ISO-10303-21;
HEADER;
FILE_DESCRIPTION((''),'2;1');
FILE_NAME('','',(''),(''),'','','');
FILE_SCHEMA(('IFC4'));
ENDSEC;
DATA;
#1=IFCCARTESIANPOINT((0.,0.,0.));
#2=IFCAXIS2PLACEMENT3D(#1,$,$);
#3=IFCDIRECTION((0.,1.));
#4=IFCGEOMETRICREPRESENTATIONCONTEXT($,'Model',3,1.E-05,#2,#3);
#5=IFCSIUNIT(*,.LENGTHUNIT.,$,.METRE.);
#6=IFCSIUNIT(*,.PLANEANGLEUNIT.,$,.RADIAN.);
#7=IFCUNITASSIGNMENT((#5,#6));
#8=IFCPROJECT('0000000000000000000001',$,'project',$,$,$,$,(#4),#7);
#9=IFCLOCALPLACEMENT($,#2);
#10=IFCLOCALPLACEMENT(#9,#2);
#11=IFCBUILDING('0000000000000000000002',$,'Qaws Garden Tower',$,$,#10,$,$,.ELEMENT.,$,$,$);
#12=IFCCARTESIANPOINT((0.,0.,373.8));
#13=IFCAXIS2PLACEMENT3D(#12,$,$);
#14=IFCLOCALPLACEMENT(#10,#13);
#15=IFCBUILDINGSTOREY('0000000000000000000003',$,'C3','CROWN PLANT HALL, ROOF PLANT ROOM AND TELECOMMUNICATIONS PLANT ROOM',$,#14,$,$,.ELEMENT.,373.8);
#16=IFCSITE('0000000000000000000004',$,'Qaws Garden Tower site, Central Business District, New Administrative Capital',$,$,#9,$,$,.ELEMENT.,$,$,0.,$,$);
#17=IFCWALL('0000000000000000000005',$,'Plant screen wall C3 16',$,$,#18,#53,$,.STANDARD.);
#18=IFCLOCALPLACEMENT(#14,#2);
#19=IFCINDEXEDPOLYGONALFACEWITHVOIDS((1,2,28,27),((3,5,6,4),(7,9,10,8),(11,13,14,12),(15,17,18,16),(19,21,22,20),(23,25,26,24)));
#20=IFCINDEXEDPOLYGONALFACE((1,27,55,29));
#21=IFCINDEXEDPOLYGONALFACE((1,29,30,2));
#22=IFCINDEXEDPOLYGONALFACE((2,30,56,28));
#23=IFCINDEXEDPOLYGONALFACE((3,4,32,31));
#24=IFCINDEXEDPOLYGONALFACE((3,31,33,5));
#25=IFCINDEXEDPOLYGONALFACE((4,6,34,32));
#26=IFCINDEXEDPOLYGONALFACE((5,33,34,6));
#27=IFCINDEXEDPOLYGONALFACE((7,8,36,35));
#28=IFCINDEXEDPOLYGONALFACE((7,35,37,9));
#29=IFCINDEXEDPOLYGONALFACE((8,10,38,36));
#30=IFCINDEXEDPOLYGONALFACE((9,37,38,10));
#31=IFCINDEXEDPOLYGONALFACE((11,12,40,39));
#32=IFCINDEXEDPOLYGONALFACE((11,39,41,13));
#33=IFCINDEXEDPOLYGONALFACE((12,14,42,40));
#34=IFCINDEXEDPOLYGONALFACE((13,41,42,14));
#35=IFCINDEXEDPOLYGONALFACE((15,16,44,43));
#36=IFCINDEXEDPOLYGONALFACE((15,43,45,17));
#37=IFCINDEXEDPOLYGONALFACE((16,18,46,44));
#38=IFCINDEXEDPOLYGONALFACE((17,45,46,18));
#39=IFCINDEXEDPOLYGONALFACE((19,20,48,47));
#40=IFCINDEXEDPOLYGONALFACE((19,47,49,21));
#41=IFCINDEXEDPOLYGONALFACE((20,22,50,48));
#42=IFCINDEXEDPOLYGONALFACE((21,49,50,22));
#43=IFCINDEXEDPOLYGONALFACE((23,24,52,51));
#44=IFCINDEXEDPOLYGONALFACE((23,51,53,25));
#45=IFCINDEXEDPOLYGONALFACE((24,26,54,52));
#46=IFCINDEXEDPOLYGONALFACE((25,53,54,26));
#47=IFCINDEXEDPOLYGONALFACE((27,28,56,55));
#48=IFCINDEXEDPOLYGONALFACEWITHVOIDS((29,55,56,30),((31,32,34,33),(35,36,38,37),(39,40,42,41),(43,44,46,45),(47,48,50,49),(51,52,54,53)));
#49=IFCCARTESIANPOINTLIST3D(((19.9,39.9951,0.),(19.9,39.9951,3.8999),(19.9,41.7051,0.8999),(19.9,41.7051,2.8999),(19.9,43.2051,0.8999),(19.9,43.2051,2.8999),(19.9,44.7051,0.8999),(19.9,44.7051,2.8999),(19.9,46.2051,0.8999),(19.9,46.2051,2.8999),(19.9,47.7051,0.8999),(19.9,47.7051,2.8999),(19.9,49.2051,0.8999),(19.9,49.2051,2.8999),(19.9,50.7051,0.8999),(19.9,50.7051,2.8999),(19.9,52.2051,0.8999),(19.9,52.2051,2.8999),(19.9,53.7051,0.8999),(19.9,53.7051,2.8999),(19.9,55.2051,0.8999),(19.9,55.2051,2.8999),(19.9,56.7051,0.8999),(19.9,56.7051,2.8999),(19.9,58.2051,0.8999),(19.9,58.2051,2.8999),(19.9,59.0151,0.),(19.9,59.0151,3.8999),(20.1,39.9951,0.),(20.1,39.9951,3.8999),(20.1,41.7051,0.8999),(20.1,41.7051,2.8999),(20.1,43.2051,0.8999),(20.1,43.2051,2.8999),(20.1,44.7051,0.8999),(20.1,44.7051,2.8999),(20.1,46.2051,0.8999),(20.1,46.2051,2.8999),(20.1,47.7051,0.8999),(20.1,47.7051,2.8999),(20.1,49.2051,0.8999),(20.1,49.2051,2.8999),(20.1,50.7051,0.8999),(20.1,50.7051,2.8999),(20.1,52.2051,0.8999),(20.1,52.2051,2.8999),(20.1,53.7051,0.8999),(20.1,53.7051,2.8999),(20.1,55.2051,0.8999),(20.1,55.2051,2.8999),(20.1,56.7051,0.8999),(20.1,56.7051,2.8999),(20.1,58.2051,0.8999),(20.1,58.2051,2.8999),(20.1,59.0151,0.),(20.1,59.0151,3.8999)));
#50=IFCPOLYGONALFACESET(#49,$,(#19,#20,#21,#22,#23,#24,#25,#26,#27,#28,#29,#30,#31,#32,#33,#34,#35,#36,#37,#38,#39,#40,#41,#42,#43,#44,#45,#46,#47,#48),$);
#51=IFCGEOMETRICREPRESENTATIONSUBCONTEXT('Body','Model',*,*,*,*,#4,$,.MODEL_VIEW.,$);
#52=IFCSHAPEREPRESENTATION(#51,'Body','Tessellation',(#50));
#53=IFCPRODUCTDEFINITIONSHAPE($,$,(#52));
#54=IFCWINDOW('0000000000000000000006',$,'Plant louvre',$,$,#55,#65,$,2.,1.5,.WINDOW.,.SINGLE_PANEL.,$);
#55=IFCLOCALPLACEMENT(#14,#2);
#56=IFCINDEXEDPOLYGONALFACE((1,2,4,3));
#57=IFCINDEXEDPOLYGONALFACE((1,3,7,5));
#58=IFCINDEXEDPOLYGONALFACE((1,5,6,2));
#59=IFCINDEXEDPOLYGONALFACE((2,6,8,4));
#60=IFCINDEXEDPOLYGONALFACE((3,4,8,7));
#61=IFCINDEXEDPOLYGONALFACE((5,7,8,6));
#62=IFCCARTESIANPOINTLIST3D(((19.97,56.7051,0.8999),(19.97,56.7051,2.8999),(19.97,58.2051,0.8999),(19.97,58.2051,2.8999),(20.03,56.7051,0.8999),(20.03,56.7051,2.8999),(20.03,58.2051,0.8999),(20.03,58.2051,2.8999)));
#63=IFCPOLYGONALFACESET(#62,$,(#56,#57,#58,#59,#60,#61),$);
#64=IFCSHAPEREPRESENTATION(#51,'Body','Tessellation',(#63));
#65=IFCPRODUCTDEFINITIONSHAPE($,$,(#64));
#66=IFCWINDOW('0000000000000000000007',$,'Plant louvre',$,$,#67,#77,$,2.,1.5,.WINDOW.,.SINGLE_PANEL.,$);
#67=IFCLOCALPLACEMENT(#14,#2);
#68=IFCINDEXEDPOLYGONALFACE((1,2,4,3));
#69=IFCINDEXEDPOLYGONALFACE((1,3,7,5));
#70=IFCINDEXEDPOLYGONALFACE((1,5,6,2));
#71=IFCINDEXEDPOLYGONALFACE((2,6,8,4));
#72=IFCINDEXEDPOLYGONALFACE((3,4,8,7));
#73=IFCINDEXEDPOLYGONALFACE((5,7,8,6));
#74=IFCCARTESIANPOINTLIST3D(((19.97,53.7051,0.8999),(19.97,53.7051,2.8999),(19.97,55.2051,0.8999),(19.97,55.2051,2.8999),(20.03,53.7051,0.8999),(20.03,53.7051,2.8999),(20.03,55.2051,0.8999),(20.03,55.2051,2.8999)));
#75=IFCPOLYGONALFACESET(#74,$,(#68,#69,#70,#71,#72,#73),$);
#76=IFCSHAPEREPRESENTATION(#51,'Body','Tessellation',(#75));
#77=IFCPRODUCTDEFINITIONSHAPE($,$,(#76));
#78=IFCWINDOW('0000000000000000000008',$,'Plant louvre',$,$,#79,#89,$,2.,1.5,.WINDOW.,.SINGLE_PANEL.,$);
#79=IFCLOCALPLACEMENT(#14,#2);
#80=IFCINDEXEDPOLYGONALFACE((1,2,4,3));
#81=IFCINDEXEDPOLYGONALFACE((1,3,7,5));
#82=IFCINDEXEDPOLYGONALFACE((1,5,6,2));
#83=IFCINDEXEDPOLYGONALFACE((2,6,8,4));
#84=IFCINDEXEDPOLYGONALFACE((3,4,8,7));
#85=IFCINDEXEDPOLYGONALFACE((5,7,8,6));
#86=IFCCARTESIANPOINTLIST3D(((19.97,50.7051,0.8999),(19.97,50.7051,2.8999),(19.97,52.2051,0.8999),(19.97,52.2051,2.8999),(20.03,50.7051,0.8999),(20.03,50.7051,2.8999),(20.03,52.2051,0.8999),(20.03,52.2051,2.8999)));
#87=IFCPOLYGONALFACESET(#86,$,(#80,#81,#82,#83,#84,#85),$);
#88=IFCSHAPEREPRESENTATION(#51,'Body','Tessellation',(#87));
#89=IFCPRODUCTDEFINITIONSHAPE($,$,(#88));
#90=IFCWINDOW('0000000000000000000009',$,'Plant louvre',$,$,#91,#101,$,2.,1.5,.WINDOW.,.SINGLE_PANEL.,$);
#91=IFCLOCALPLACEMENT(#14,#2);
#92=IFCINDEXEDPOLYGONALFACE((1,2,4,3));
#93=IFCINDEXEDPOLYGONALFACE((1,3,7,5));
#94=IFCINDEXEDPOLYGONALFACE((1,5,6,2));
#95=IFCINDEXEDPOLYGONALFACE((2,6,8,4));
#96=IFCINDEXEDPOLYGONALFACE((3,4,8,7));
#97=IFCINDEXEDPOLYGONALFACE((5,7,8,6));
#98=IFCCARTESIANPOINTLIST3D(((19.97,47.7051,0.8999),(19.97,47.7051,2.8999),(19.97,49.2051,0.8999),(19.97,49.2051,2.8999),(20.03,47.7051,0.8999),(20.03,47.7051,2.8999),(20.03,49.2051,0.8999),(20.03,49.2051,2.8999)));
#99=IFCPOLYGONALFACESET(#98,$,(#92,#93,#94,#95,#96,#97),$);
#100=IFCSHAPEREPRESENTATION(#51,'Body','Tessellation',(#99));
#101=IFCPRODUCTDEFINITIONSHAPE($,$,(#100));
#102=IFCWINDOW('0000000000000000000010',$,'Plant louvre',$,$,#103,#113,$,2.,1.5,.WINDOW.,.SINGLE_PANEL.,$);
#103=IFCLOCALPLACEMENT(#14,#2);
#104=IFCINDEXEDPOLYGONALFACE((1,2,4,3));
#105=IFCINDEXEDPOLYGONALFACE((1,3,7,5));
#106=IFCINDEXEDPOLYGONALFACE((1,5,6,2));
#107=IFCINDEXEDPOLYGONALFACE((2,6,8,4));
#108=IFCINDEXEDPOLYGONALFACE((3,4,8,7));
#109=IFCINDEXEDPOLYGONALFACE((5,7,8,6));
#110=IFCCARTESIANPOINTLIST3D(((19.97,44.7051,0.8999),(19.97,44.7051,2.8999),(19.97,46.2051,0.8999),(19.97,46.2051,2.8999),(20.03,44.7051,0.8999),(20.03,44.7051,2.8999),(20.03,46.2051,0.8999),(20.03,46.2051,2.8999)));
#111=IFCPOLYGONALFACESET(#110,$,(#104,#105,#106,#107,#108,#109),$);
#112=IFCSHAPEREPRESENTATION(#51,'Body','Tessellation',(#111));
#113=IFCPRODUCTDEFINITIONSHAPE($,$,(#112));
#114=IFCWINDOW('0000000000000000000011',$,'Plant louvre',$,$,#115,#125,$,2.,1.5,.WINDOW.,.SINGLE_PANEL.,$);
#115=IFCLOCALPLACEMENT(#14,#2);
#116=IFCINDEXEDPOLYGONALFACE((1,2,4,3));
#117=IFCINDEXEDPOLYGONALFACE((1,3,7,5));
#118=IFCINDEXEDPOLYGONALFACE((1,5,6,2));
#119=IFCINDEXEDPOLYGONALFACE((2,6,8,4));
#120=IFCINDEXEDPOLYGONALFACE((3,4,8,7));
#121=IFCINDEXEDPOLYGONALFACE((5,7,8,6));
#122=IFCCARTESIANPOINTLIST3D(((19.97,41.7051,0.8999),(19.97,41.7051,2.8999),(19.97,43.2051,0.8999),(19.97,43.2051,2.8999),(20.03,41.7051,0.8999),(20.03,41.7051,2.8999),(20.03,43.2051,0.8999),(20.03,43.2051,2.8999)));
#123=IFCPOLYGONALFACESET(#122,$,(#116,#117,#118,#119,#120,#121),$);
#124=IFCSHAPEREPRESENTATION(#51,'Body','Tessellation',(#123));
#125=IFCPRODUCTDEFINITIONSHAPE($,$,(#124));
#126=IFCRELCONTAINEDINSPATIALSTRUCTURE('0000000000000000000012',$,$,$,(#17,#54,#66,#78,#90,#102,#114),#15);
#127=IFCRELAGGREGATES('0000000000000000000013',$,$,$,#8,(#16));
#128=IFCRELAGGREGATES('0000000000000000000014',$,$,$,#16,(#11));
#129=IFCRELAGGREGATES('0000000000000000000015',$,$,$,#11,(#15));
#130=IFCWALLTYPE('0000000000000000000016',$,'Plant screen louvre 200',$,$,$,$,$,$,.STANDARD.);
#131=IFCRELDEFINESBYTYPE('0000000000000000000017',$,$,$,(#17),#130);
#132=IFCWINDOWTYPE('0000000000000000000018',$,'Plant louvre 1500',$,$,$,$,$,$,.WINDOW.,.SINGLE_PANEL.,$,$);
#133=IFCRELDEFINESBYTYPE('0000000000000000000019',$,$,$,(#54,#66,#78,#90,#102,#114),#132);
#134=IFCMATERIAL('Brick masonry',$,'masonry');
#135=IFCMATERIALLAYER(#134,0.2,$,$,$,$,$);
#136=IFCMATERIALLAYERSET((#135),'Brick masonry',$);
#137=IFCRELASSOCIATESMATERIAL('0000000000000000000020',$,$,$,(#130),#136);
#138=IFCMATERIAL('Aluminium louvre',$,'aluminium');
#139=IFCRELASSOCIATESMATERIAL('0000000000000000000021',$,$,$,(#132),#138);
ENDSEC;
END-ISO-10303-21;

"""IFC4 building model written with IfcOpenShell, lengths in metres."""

from ifc_helpers import new_model, si_unit, direction, frame, frame_2d, origin, place, context, subcontext, project, spatial, rectangle, extrude, material, layer, layer_set, type_object, element, fill, save


model = new_model("IFC4")

# Units and contexts
model_context = context("Model", 3, precision=1e-05, world=origin(), true_north=direction((0.0, 1.0)))
body_context = subcontext(model_context, "Body", "Model", "MODEL_VIEW")
ifc_project = project(units=[si_unit("LENGTHUNIT", "METRE"), si_unit("PLANEANGLEUNIT", "RADIAN")], contexts=[model_context])

# Site, building, storey
site_placement = place(None, origin())
site = spatial("IfcSite", under=ifc_project, at=site_placement, Name="Qaws Garden Tower site, Central Business District, New Administrative Capital", CompositionType="ELEMENT", RefElevation=0.0)
building_placement = place(site_placement, origin())
building = spatial("IfcBuilding", under=site, at=building_placement, Name="Qaws Garden Tower", CompositionType="ELEMENT")
storey_placement = place(building_placement, frame((0.0, 0.0, 373.8)))
storey = spatial("IfcBuildingStorey", under=building, at=storey_placement, Name="C3", Description="CROWN PLANT HALL, ROOF PLANT ROOM AND TELECOMMUNICATIONS PLANT ROOM", CompositionType="ELEMENT", Elevation=373.8)

# Shared definitions
ifc_material_1 = material(Name="Brick masonry", Category="masonry")
ifc_layer_1 = layer(ifc_material_1, 0.2)
ifc_layer_set_1 = layer_set([ifc_layer_1], Name="Brick masonry")
wall_type_1 = type_object("IfcWallType", Name="Plant screen louvre 200", PredefinedType="STANDARD", material=ifc_layer_set_1)

# Wall, openings, windows
wall_1_placement = place(storey_placement, frame((20.0, 59.0151, 0.0), z_axis=(0.0, 0.0, 1.0), x_axis=(0.0, -1.0, 0.0)))
wall_1 = element("IfcWall", 1, at=wall_1_placement, inside=storey, type_object=wall_type_1, Name="Plant screen wall C3 16", PredefinedType="STANDARD", context=body_context, shape_type="SweptSolid", body=[
    extrude(rectangle(XDim=19.02, YDim=0.2, at=frame_2d((9.51, 0.0))), origin(), (0.0, 0.0, 1.0), 3.8999),
])
opening_1_placement = place(wall_1_placement, frame((0.8101, 0.0, 0.8999)))
opening_1 = element("IfcOpeningElement", 2, at=opening_1_placement, cuts=wall_1, PredefinedType="OPENING", context=body_context, shape_type="SweptSolid", body=[
    extrude(rectangle(XDim=1.5, YDim=2.0, at=frame_2d((0.75, 1.0))), frame((0.0, 0.1099, 0.0), z_axis=(0.0, -1.0, 0.0), x_axis=(1.0, 0.0, 0.0)), (0.0, 0.0, 1.0), 0.22),
])
opening_2_placement = place(wall_1_placement, frame((3.8101, 0.0, 0.8999)))
opening_2 = element("IfcOpeningElement", 3, at=opening_2_placement, cuts=wall_1, PredefinedType="OPENING", context=body_context, shape_type="SweptSolid", body=[
    extrude(rectangle(XDim=1.5, YDim=2.0, at=frame_2d((0.75, 1.0))), frame((0.0, 0.1099, 0.0), z_axis=(0.0, -1.0, 0.0), x_axis=(1.0, 0.0, 0.0)), (0.0, 0.0, 1.0), 0.22),
])
opening_3_placement = place(wall_1_placement, frame((6.8101, 0.0, 0.8999)))
opening_3 = element("IfcOpeningElement", 4, at=opening_3_placement, cuts=wall_1, PredefinedType="OPENING", context=body_context, shape_type="SweptSolid", body=[
    extrude(rectangle(XDim=1.5, YDim=2.0, at=frame_2d((0.75, 1.0))), frame((0.0, 0.1099, 0.0), z_axis=(0.0, -1.0, 0.0), x_axis=(1.0, 0.0, 0.0)), (0.0, 0.0, 1.0), 0.22),
])
opening_4_placement = place(wall_1_placement, frame((9.8101, 0.0, 0.8999)))
opening_4 = element("IfcOpeningElement", 5, at=opening_4_placement, cuts=wall_1, PredefinedType="OPENING", context=body_context, shape_type="SweptSolid", body=[
    extrude(rectangle(XDim=1.5, YDim=2.0, at=frame_2d((0.75, 1.0))), frame((0.0, 0.1099, 0.0), z_axis=(0.0, -1.0, 0.0), x_axis=(1.0, 0.0, 0.0)), (0.0, 0.0, 1.0), 0.22),
])
opening_5_placement = place(wall_1_placement, frame((12.8101, 0.0, 0.8999)))
opening_5 = element("IfcOpeningElement", 6, at=opening_5_placement, cuts=wall_1, PredefinedType="OPENING", context=body_context, shape_type="SweptSolid", body=[
    extrude(rectangle(XDim=1.5, YDim=2.0, at=frame_2d((0.75, 1.0))), frame((0.0, 0.1099, 0.0), z_axis=(0.0, -1.0, 0.0), x_axis=(1.0, 0.0, 0.0)), (0.0, 0.0, 1.0), 0.22),
])
opening_6_placement = place(wall_1_placement, frame((15.8101, 0.0, 0.8999)))
opening_6 = element("IfcOpeningElement", 7, at=opening_6_placement, cuts=wall_1, PredefinedType="OPENING", context=body_context, shape_type="SweptSolid", body=[
    extrude(rectangle(XDim=1.5, YDim=2.0, at=frame_2d((0.75, 1.0))), frame((0.0, 0.1099, 0.0), z_axis=(0.0, -1.0, 0.0), x_axis=(1.0, 0.0, 0.0)), (0.0, 0.0, 1.0), 0.22),
])
ifc_material_2 = material(Name="Aluminium louvre", Category="aluminium")
window_type = type_object("IfcWindowType", Name="Plant louvre 1500", PartitioningType="SINGLE_PANEL", PredefinedType="WINDOW", material=ifc_material_2)
window_1_placement = place(opening_1_placement, origin())
window_1 = element("IfcWindow", 8, at=window_1_placement, inside=storey, type_object=window_type, Name="Plant louvre", OverallHeight=2.0, OverallWidth=1.5, PartitioningType="SINGLE_PANEL", PredefinedType="WINDOW", context=body_context, shape_type="SweptSolid", body=[
    extrude(rectangle(XDim=1.5, YDim=2.0, at=frame_2d((0.75, 1.0))), frame((0.0, 0.03, 0.0), z_axis=(0.0, -1.0, 0.0), x_axis=(1.0, 0.0, 0.0)), (0.0, 0.0, 1.0), 0.0601),
])
fill(opening_1, window_1)
window_2_placement = place(opening_2_placement, origin())
window_2 = element("IfcWindow", 9, at=window_2_placement, inside=storey, type_object=window_type, Name="Plant louvre", OverallHeight=2.0, OverallWidth=1.5, PartitioningType="SINGLE_PANEL", PredefinedType="WINDOW", context=body_context, shape_type="SweptSolid", body=[
    extrude(rectangle(XDim=1.5, YDim=2.0, at=frame_2d((0.75, 1.0))), frame((0.0, 0.03, 0.0), z_axis=(0.0, -1.0, 0.0), x_axis=(1.0, 0.0, 0.0)), (0.0, 0.0, 1.0), 0.0601),
])
fill(opening_2, window_2)
window_3_placement = place(opening_3_placement, origin())
window_3 = element("IfcWindow", 10, at=window_3_placement, inside=storey, type_object=window_type, Name="Plant louvre", OverallHeight=2.0, OverallWidth=1.5, PartitioningType="SINGLE_PANEL", PredefinedType="WINDOW", context=body_context, shape_type="SweptSolid", body=[
    extrude(rectangle(XDim=1.5, YDim=2.0, at=frame_2d((0.75, 1.0))), frame((0.0, 0.03, 0.0), z_axis=(0.0, -1.0, 0.0), x_axis=(1.0, 0.0, 0.0)), (0.0, 0.0, 1.0), 0.0601),
])
fill(opening_3, window_3)
window_4_placement = place(opening_4_placement, origin())
window_4 = element("IfcWindow", 11, at=window_4_placement, inside=storey, type_object=window_type, Name="Plant louvre", OverallHeight=2.0, OverallWidth=1.5, PartitioningType="SINGLE_PANEL", PredefinedType="WINDOW", context=body_context, shape_type="SweptSolid", body=[
    extrude(rectangle(XDim=1.5, YDim=2.0, at=frame_2d((0.75, 1.0))), frame((0.0, 0.03, 0.0), z_axis=(0.0, -1.0, 0.0), x_axis=(1.0, 0.0, 0.0)), (0.0, 0.0, 1.0), 0.0601),
])
fill(opening_4, window_4)
window_5_placement = place(opening_5_placement, origin())
window_5 = element("IfcWindow", 12, at=window_5_placement, inside=storey, type_object=window_type, Name="Plant louvre", OverallHeight=2.0, OverallWidth=1.5, PartitioningType="SINGLE_PANEL", PredefinedType="WINDOW", context=body_context, shape_type="SweptSolid", body=[
    extrude(rectangle(XDim=1.5, YDim=2.0, at=frame_2d((0.75, 1.0))), frame((0.0, 0.03, 0.0), z_axis=(0.0, -1.0, 0.0), x_axis=(1.0, 0.0, 0.0)), (0.0, 0.0, 1.0), 0.0601),
])
fill(opening_5, window_5)
window_6_placement = place(opening_6_placement, origin())
window_6 = element("IfcWindow", 13, at=window_6_placement, inside=storey, type_object=window_type, Name="Plant louvre", OverallHeight=2.0, OverallWidth=1.5, PartitioningType="SINGLE_PANEL", PredefinedType="WINDOW", context=body_context, shape_type="SweptSolid", body=[
    extrude(rectangle(XDim=1.5, YDim=2.0, at=frame_2d((0.75, 1.0))), frame((0.0, 0.03, 0.0), z_axis=(0.0, -1.0, 0.0), x_axis=(1.0, 0.0, 0.0)), (0.0, 0.0, 1.0), 0.0601),
])
fill(opening_6, window_6)

save(model, "model.ifc")
